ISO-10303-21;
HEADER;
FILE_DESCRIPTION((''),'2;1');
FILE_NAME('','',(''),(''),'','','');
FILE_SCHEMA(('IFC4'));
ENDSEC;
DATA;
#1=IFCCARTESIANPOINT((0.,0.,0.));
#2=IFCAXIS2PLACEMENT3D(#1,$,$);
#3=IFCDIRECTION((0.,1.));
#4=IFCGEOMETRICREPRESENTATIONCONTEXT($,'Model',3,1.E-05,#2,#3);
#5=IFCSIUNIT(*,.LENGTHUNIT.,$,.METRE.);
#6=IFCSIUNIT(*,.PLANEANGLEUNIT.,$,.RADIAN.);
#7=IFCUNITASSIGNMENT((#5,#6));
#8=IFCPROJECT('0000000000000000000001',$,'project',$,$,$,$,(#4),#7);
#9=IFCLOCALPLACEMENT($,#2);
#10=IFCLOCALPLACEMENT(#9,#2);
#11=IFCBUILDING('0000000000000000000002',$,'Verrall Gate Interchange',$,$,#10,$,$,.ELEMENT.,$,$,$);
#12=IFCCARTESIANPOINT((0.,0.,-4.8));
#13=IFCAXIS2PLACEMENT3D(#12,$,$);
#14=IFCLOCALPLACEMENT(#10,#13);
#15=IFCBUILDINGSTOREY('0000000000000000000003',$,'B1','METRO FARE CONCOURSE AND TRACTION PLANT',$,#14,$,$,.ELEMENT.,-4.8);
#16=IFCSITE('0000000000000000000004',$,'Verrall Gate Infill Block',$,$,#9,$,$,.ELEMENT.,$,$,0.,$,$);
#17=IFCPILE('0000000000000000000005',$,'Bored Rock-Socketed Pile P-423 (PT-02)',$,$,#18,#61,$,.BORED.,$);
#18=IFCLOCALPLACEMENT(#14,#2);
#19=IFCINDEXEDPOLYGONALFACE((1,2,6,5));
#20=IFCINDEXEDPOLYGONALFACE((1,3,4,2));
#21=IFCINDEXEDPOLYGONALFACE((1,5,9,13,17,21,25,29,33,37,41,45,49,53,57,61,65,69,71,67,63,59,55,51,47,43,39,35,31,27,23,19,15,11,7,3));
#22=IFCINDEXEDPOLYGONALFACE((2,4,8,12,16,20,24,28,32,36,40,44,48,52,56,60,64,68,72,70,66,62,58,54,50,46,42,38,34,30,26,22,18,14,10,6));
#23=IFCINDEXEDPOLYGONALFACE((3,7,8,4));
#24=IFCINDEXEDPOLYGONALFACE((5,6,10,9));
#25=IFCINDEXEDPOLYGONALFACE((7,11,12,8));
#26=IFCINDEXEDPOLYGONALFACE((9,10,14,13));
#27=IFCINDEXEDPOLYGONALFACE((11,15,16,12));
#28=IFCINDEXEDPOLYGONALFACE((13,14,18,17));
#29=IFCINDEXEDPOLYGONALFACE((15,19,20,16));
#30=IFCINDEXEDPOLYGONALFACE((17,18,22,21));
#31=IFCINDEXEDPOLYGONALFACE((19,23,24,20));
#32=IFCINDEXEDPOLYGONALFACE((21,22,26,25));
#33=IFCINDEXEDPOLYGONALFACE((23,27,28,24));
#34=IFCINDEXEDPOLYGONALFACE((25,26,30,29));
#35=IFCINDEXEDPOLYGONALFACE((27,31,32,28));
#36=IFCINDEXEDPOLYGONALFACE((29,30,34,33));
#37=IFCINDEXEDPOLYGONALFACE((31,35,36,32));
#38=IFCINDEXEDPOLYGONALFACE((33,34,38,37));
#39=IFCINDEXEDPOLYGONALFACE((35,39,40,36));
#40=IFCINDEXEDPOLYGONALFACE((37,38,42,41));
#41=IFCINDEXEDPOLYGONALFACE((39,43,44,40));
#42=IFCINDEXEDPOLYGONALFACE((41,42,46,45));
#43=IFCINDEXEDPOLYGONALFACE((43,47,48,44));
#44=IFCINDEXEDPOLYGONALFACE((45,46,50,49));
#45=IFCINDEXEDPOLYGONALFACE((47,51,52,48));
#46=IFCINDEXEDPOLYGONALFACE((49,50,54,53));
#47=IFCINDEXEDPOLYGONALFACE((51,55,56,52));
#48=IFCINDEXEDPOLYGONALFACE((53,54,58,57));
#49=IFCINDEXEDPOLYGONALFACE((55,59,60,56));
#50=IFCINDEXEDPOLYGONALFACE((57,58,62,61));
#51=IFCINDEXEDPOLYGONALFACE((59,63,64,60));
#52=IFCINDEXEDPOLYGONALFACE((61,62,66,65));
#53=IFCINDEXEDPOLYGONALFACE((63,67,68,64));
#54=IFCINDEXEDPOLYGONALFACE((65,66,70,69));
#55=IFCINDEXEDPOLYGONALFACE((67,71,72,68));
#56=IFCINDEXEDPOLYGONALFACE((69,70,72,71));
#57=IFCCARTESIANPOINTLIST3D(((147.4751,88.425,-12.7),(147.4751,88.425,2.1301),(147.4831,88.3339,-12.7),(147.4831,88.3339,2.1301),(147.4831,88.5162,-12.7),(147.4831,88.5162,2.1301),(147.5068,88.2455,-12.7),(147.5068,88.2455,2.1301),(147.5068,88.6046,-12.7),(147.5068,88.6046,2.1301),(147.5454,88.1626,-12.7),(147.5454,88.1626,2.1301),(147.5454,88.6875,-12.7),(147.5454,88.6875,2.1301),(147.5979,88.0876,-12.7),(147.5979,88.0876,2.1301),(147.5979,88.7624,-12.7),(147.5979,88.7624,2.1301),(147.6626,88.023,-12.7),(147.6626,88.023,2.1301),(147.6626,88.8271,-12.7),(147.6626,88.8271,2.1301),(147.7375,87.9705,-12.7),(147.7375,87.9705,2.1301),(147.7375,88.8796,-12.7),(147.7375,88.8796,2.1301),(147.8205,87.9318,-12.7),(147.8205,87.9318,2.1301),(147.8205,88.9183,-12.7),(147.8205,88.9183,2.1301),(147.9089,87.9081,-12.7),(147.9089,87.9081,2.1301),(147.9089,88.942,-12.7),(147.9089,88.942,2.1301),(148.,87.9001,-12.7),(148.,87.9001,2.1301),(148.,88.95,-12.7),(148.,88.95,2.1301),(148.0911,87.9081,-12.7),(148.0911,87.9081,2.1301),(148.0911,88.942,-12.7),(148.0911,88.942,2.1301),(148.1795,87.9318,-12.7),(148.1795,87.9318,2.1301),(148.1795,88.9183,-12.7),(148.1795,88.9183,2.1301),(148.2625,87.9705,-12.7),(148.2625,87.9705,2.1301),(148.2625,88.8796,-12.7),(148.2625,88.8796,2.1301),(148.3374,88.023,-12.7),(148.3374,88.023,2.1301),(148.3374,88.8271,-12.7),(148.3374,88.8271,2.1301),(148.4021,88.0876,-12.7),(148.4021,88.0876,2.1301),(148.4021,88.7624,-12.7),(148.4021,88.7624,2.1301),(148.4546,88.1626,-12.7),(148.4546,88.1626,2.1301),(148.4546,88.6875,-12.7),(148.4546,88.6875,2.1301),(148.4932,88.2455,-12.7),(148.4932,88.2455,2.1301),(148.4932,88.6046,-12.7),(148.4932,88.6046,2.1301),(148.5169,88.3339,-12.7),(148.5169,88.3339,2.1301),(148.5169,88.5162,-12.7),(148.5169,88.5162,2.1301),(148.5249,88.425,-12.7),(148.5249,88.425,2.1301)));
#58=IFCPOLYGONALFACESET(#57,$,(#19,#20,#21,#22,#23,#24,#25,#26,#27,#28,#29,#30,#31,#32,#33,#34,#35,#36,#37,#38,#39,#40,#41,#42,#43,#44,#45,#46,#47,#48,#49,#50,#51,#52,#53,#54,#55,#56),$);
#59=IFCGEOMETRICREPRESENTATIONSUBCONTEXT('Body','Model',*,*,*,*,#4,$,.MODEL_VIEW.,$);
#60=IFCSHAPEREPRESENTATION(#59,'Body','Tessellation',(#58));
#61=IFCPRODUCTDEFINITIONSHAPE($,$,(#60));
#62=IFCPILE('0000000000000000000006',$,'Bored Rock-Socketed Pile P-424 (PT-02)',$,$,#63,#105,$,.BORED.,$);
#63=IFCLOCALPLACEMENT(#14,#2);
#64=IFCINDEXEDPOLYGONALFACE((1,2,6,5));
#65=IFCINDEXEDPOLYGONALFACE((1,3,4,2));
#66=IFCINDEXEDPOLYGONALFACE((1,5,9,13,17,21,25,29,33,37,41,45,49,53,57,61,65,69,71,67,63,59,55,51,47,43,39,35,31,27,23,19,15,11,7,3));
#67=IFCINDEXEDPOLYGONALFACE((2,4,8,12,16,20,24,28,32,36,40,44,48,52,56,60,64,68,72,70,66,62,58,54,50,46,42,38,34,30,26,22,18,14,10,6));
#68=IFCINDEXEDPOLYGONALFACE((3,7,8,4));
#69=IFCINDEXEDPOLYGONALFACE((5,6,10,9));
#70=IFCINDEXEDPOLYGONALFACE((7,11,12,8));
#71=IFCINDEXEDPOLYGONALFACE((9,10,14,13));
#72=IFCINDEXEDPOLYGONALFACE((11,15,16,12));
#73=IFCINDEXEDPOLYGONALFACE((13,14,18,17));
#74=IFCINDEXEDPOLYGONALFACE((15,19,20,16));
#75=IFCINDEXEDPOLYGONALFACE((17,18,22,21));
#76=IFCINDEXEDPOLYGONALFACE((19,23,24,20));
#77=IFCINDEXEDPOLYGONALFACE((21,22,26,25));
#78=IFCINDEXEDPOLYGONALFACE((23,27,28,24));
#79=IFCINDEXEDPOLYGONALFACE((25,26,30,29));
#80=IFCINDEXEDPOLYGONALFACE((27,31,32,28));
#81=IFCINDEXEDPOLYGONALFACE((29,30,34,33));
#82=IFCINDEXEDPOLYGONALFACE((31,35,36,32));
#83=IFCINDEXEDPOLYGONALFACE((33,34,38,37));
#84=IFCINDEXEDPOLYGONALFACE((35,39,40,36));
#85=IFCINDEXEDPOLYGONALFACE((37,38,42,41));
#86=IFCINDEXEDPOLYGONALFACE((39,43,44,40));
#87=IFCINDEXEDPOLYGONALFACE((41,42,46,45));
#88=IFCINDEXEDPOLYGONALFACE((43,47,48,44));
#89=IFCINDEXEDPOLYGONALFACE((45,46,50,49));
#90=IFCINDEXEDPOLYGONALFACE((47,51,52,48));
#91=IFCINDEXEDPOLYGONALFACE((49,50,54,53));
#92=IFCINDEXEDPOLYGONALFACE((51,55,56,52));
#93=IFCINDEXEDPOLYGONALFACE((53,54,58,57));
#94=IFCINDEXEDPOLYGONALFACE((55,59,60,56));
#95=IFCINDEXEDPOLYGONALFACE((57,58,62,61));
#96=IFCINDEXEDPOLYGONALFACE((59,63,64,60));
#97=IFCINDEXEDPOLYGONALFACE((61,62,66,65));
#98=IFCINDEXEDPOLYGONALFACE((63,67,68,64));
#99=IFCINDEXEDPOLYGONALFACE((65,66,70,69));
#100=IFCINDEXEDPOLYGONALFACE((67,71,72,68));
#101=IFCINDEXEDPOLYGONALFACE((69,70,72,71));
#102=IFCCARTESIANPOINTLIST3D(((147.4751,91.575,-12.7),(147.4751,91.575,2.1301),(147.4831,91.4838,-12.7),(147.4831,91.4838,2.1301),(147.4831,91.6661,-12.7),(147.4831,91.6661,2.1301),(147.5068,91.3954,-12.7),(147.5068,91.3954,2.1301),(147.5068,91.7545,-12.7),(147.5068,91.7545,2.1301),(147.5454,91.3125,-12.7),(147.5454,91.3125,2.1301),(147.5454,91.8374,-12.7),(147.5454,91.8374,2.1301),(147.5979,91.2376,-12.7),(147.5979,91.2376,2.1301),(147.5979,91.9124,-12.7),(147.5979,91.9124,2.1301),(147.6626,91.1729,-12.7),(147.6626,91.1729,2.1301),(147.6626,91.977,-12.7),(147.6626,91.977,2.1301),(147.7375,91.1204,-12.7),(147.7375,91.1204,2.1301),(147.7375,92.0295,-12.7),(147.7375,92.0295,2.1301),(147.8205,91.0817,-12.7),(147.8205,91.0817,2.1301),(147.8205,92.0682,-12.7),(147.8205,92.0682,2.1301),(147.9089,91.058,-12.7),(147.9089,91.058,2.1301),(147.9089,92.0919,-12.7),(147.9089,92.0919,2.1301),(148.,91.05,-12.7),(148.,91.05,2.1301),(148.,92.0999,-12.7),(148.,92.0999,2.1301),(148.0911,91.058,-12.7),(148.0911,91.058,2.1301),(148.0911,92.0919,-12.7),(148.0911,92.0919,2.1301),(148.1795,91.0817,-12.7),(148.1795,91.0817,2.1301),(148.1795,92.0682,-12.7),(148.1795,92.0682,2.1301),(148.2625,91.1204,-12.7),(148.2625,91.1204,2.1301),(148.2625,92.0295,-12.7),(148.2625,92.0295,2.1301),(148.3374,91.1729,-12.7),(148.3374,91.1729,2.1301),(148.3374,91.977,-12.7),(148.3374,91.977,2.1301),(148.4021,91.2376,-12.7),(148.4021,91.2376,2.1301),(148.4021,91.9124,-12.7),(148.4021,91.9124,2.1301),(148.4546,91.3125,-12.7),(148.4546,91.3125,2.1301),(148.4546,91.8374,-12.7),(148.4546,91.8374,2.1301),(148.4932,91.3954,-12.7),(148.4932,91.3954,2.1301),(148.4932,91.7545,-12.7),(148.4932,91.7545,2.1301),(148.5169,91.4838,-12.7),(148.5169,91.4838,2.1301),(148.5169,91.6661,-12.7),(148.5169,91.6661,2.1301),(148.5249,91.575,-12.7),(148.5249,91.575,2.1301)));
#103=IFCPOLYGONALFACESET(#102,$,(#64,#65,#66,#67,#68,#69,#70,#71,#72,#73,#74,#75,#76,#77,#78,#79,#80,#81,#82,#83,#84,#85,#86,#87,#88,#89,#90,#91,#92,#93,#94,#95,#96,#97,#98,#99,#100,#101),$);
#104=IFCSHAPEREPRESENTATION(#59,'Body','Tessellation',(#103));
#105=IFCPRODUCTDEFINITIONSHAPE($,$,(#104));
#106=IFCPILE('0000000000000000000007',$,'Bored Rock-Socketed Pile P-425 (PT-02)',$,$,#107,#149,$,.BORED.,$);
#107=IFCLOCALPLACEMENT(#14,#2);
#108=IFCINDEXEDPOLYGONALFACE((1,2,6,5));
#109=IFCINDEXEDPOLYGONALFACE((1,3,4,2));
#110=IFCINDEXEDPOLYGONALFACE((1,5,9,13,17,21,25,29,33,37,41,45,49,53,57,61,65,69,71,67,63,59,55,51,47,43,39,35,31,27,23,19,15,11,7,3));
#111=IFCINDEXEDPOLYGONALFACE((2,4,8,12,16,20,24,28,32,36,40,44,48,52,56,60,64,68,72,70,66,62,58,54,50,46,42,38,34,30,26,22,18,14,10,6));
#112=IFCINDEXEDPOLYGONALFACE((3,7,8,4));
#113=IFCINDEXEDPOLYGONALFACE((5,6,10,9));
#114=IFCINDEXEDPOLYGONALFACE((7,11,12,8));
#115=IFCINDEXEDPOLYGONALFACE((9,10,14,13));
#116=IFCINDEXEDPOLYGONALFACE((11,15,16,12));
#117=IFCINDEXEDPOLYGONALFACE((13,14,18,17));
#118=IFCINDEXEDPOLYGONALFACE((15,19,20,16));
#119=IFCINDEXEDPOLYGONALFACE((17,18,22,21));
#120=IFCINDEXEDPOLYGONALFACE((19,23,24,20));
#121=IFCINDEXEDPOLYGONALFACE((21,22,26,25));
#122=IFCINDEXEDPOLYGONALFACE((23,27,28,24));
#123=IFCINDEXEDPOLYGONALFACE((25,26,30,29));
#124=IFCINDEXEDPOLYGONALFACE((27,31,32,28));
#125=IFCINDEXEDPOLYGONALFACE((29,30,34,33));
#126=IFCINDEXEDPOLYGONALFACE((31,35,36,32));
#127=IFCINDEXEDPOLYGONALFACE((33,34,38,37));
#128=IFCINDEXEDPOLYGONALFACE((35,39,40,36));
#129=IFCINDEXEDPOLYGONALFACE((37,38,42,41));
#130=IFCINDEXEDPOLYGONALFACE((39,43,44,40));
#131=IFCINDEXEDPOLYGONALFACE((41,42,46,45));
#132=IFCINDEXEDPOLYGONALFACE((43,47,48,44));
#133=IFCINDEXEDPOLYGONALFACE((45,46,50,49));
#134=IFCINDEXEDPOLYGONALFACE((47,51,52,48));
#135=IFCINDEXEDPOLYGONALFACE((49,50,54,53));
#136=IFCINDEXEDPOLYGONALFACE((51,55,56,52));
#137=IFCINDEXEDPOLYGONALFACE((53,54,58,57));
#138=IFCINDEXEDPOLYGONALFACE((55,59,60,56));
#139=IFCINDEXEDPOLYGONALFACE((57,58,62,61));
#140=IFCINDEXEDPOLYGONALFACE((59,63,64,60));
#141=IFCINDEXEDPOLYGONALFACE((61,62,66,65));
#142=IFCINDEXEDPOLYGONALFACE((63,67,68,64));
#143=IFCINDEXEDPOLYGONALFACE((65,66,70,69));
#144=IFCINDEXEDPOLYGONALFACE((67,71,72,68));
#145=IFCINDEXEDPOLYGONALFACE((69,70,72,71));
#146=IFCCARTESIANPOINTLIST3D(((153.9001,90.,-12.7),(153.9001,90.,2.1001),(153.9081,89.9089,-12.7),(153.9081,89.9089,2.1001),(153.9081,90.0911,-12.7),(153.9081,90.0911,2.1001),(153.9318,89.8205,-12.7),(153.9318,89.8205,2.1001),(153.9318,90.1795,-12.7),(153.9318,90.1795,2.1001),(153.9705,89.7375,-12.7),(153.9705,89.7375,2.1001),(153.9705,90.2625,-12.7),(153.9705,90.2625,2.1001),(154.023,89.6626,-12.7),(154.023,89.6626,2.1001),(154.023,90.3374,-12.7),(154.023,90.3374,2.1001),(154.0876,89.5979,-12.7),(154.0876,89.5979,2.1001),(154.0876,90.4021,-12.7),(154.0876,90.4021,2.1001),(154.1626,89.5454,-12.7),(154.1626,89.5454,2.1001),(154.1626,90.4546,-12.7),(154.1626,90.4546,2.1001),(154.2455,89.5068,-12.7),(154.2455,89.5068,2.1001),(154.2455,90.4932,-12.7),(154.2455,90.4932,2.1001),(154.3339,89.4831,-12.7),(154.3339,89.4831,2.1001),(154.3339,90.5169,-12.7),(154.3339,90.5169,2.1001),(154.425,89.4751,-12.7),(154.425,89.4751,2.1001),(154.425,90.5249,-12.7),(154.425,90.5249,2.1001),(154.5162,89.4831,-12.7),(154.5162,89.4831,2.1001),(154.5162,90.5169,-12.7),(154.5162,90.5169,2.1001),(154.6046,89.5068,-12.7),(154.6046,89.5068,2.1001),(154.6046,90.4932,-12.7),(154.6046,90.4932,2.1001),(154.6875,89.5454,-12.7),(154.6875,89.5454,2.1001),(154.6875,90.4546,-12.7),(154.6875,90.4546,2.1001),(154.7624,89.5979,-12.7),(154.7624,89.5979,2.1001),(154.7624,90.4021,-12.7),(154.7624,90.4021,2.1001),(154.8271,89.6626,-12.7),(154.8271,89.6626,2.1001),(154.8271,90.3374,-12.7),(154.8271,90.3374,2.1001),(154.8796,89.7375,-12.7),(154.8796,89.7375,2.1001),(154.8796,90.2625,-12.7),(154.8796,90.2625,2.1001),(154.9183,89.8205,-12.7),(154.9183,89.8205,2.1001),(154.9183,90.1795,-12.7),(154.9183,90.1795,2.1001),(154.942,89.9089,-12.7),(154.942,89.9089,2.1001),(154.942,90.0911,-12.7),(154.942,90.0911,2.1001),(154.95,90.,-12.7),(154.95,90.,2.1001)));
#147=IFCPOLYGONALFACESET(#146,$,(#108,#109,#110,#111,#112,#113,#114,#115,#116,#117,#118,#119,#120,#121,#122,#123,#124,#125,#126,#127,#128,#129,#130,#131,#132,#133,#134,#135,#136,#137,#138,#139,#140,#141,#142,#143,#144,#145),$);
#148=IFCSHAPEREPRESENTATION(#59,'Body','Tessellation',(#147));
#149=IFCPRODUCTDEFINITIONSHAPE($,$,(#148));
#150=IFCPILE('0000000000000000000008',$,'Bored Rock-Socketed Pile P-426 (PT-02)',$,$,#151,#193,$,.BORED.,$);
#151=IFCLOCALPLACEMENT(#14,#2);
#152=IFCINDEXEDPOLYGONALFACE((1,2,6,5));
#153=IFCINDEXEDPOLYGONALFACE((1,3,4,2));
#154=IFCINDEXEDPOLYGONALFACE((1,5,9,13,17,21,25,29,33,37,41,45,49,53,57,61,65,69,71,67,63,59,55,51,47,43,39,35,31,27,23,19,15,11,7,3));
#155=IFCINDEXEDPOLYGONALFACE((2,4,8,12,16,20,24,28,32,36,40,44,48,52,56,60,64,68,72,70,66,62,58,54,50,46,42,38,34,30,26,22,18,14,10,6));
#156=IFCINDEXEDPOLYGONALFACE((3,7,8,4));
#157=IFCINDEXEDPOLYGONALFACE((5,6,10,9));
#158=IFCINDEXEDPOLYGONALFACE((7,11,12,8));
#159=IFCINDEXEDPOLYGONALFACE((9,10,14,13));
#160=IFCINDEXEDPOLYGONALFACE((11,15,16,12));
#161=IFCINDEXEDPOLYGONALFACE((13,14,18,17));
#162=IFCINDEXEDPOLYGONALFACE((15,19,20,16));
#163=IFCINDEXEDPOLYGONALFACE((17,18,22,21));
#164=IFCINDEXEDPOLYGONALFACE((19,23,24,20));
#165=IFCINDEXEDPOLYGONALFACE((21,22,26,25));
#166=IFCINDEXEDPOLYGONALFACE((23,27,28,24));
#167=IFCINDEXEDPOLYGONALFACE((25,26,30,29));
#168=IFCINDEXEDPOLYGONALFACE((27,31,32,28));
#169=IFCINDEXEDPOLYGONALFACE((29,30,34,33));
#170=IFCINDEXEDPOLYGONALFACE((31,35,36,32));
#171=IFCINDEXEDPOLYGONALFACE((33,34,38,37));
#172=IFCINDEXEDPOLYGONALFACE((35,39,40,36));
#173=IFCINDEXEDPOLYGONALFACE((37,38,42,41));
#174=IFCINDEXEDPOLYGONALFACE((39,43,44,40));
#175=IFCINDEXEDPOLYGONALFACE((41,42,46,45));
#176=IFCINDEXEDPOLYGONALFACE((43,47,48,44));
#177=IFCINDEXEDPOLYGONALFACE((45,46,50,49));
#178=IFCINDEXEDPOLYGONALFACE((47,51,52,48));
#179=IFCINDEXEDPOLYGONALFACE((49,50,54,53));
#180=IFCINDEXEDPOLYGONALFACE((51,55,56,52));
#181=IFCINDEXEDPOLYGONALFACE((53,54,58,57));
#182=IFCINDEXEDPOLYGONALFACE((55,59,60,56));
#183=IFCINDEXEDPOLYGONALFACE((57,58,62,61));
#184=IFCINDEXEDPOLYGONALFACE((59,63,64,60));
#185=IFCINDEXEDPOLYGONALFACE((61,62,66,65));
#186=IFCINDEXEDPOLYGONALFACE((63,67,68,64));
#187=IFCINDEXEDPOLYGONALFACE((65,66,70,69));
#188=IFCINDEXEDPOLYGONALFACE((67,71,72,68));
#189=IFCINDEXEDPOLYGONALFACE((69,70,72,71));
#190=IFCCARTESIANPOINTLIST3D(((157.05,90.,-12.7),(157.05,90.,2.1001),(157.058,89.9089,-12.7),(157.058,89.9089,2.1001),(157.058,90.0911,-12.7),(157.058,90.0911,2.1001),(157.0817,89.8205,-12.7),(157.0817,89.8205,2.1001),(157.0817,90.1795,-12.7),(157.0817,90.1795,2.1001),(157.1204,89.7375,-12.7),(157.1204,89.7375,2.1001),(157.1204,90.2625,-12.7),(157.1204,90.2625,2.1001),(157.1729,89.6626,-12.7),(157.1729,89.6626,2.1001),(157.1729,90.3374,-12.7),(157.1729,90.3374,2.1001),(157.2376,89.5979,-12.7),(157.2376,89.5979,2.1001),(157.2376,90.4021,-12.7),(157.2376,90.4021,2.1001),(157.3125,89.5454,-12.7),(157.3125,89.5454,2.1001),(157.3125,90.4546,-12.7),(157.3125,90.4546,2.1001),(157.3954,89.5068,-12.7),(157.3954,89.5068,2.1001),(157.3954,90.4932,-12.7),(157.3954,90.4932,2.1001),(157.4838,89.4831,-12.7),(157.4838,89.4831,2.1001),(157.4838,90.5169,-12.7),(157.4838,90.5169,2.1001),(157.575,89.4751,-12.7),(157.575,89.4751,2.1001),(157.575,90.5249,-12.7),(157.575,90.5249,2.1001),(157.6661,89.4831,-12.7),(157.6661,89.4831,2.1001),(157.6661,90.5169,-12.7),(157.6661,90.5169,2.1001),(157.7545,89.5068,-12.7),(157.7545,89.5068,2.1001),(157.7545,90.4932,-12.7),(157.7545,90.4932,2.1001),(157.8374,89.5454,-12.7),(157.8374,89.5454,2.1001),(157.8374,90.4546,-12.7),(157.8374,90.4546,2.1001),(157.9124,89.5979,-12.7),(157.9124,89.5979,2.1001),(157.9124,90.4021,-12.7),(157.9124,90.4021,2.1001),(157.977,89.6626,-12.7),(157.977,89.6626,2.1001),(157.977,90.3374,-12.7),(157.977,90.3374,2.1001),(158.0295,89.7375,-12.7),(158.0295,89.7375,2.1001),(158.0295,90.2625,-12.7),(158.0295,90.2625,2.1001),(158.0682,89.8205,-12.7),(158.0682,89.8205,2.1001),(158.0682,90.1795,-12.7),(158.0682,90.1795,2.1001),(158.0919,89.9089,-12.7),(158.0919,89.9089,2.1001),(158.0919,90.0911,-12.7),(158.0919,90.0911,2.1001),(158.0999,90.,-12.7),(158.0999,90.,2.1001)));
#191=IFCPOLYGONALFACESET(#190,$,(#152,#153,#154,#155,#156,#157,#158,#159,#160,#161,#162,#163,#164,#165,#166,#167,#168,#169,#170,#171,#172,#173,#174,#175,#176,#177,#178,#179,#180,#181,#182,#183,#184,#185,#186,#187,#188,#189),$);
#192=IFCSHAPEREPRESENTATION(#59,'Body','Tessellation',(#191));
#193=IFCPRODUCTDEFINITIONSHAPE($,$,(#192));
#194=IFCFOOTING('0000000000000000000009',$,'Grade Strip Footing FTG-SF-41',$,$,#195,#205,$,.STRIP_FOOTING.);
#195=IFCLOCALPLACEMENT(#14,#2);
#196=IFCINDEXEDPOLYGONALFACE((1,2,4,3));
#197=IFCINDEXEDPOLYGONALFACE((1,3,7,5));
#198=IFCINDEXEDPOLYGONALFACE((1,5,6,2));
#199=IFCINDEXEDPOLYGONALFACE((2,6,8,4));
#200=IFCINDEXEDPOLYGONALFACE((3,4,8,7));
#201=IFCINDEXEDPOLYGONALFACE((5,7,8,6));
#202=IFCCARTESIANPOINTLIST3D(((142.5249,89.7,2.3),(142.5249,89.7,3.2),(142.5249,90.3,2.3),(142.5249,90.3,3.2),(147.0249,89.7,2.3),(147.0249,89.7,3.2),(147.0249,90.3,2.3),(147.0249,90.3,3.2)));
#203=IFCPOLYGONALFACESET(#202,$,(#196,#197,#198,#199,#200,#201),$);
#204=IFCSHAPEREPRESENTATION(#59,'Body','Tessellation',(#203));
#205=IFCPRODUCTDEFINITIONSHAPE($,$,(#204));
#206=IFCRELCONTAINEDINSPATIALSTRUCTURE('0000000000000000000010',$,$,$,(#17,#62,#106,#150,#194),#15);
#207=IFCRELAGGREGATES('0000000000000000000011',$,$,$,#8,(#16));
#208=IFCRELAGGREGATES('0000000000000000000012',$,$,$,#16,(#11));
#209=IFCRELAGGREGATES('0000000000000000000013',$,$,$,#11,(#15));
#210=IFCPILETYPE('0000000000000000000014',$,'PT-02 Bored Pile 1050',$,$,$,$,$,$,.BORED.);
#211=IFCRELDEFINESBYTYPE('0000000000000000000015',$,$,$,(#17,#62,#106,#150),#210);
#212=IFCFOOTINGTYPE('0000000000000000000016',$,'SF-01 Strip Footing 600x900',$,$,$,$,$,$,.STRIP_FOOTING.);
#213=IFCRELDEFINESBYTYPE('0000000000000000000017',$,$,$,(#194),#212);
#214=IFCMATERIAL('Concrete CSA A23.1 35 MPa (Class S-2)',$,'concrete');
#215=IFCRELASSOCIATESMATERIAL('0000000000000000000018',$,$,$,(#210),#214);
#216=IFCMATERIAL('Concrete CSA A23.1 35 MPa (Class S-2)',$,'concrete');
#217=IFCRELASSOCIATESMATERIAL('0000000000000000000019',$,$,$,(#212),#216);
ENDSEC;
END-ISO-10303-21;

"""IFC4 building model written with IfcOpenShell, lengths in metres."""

from ifc_helpers import new_model, si_unit, direction, frame, origin, origin_2d, place, context, subcontext, project, spatial, rectangle, circle, extrude, material, material_profile, profile_set, type_object, element, save


model = new_model("IFC4")

# Units and contexts
model_context = context("Model", 3, precision=1e-05, world=origin(), true_north=direction((0.0, 1.0)))
body_context = subcontext(model_context, "Body", "Model", "MODEL_VIEW")
ifc_project = project(units=[si_unit("LENGTHUNIT", "METRE"), si_unit("PLANEANGLEUNIT", "RADIAN")], contexts=[model_context])

# Site, building, storey
site_placement = place(None, origin())
site = spatial("IfcSite", under=ifc_project, at=site_placement, Name="Verrall Gate Infill Block", CompositionType="ELEMENT", RefElevation=0.0)
building_placement = place(site_placement, origin())
building = spatial("IfcBuilding", under=site, at=building_placement, Name="Verrall Gate Interchange", CompositionType="ELEMENT")
storey_placement = place(building_placement, frame((0.0, 0.0, -4.8)))
storey = spatial("IfcBuildingStorey", under=building, at=storey_placement, Name="B1", Description="METRO FARE CONCOURSE AND TRACTION PLANT", CompositionType="ELEMENT", Elevation=-4.8)

# Piles
ifc_material_1 = material(Name="Concrete CSA A23.1 35 MPa (Class S-2)", Category="concrete")
ifc_material_profile_1 = material_profile(ifc_material_1, circle(Radius=0.5249, at=origin_2d()), Name="PILE1050D")
ifc_profile_set_1 = profile_set([ifc_material_profile_1], Name="Concrete CSA A23.1 35 MPa (Class S-2)")
pile_type = type_object("IfcPileType", Name="PT-02 Bored Pile 1050", PredefinedType="BORED", material=ifc_profile_set_1)
for number, where, z_axis, x_axis, name in (
    (1, (148.0, 88.425, 2.1301), (0.0, 0.0, -1.0), (1.0, 0.0, 0.0), "Bored Rock-Socketed Pile P-423 (PT-02)"),
    (2, (148.0, 91.575, 2.1301), (0.0, 0.0, -1.0), (1.0, 0.0, 0.0), "Bored Rock-Socketed Pile P-424 (PT-02)"),
):
    element("IfcPile", number, at=place(storey_placement, frame(where, z_axis=z_axis, x_axis=x_axis)), inside=storey, type_object=pile_type, Name=name, PredefinedType="BORED", context=body_context, shape_type="SweptSolid", body=[
        extrude(circle(Radius=0.5249, at=origin_2d()), origin(), (0.0, 0.0, 1.0), 14.8301),
    ])
for number, where, z_axis, x_axis, name in (
    (3, (154.425, 90.0, 2.1001), (0.0, 0.0, -1.0), (1.0, 0.0, 0.0), "Bored Rock-Socketed Pile P-425 (PT-02)"),
    (4, (157.575, 90.0, 2.1001), (0.0, 0.0, -1.0), (1.0, 0.0, 0.0), "Bored Rock-Socketed Pile P-426 (PT-02)"),
):
    element("IfcPile", number, at=place(storey_placement, frame(where, z_axis=z_axis, x_axis=x_axis)), inside=storey, type_object=pile_type, Name=name, PredefinedType="BORED", context=body_context, shape_type="SweptSolid", body=[
        extrude(circle(Radius=0.5249, at=origin_2d()), origin(), (0.0, 0.0, 1.0), 14.8),
    ])

# Footing
ifc_material_2 = material(Name="Concrete CSA A23.1 35 MPa (Class S-2)", Category="concrete")
footing_type_1 = type_object("IfcFootingType", Name="SF-01 Strip Footing 600x900", PredefinedType="STRIP_FOOTING", material=ifc_material_2)
footing_1_placement = place(storey_placement, frame((144.7749, 90.0, 2.3), z_axis=(0.0, 0.0, 1.0), x_axis=(1.0, 0.0, 0.0)))
element("IfcFooting", 5, at=footing_1_placement, inside=storey, type_object=footing_type_1, Name="Grade Strip Footing FTG-SF-41", PredefinedType="STRIP_FOOTING", context=body_context, shape_type="SweptSolid", body=[
    extrude(rectangle(XDim=4.5, YDim=0.6001, at=origin_2d()), origin(), (0.0, 0.0, 1.0), 0.8999),
])

save(model, "model.ifc")
